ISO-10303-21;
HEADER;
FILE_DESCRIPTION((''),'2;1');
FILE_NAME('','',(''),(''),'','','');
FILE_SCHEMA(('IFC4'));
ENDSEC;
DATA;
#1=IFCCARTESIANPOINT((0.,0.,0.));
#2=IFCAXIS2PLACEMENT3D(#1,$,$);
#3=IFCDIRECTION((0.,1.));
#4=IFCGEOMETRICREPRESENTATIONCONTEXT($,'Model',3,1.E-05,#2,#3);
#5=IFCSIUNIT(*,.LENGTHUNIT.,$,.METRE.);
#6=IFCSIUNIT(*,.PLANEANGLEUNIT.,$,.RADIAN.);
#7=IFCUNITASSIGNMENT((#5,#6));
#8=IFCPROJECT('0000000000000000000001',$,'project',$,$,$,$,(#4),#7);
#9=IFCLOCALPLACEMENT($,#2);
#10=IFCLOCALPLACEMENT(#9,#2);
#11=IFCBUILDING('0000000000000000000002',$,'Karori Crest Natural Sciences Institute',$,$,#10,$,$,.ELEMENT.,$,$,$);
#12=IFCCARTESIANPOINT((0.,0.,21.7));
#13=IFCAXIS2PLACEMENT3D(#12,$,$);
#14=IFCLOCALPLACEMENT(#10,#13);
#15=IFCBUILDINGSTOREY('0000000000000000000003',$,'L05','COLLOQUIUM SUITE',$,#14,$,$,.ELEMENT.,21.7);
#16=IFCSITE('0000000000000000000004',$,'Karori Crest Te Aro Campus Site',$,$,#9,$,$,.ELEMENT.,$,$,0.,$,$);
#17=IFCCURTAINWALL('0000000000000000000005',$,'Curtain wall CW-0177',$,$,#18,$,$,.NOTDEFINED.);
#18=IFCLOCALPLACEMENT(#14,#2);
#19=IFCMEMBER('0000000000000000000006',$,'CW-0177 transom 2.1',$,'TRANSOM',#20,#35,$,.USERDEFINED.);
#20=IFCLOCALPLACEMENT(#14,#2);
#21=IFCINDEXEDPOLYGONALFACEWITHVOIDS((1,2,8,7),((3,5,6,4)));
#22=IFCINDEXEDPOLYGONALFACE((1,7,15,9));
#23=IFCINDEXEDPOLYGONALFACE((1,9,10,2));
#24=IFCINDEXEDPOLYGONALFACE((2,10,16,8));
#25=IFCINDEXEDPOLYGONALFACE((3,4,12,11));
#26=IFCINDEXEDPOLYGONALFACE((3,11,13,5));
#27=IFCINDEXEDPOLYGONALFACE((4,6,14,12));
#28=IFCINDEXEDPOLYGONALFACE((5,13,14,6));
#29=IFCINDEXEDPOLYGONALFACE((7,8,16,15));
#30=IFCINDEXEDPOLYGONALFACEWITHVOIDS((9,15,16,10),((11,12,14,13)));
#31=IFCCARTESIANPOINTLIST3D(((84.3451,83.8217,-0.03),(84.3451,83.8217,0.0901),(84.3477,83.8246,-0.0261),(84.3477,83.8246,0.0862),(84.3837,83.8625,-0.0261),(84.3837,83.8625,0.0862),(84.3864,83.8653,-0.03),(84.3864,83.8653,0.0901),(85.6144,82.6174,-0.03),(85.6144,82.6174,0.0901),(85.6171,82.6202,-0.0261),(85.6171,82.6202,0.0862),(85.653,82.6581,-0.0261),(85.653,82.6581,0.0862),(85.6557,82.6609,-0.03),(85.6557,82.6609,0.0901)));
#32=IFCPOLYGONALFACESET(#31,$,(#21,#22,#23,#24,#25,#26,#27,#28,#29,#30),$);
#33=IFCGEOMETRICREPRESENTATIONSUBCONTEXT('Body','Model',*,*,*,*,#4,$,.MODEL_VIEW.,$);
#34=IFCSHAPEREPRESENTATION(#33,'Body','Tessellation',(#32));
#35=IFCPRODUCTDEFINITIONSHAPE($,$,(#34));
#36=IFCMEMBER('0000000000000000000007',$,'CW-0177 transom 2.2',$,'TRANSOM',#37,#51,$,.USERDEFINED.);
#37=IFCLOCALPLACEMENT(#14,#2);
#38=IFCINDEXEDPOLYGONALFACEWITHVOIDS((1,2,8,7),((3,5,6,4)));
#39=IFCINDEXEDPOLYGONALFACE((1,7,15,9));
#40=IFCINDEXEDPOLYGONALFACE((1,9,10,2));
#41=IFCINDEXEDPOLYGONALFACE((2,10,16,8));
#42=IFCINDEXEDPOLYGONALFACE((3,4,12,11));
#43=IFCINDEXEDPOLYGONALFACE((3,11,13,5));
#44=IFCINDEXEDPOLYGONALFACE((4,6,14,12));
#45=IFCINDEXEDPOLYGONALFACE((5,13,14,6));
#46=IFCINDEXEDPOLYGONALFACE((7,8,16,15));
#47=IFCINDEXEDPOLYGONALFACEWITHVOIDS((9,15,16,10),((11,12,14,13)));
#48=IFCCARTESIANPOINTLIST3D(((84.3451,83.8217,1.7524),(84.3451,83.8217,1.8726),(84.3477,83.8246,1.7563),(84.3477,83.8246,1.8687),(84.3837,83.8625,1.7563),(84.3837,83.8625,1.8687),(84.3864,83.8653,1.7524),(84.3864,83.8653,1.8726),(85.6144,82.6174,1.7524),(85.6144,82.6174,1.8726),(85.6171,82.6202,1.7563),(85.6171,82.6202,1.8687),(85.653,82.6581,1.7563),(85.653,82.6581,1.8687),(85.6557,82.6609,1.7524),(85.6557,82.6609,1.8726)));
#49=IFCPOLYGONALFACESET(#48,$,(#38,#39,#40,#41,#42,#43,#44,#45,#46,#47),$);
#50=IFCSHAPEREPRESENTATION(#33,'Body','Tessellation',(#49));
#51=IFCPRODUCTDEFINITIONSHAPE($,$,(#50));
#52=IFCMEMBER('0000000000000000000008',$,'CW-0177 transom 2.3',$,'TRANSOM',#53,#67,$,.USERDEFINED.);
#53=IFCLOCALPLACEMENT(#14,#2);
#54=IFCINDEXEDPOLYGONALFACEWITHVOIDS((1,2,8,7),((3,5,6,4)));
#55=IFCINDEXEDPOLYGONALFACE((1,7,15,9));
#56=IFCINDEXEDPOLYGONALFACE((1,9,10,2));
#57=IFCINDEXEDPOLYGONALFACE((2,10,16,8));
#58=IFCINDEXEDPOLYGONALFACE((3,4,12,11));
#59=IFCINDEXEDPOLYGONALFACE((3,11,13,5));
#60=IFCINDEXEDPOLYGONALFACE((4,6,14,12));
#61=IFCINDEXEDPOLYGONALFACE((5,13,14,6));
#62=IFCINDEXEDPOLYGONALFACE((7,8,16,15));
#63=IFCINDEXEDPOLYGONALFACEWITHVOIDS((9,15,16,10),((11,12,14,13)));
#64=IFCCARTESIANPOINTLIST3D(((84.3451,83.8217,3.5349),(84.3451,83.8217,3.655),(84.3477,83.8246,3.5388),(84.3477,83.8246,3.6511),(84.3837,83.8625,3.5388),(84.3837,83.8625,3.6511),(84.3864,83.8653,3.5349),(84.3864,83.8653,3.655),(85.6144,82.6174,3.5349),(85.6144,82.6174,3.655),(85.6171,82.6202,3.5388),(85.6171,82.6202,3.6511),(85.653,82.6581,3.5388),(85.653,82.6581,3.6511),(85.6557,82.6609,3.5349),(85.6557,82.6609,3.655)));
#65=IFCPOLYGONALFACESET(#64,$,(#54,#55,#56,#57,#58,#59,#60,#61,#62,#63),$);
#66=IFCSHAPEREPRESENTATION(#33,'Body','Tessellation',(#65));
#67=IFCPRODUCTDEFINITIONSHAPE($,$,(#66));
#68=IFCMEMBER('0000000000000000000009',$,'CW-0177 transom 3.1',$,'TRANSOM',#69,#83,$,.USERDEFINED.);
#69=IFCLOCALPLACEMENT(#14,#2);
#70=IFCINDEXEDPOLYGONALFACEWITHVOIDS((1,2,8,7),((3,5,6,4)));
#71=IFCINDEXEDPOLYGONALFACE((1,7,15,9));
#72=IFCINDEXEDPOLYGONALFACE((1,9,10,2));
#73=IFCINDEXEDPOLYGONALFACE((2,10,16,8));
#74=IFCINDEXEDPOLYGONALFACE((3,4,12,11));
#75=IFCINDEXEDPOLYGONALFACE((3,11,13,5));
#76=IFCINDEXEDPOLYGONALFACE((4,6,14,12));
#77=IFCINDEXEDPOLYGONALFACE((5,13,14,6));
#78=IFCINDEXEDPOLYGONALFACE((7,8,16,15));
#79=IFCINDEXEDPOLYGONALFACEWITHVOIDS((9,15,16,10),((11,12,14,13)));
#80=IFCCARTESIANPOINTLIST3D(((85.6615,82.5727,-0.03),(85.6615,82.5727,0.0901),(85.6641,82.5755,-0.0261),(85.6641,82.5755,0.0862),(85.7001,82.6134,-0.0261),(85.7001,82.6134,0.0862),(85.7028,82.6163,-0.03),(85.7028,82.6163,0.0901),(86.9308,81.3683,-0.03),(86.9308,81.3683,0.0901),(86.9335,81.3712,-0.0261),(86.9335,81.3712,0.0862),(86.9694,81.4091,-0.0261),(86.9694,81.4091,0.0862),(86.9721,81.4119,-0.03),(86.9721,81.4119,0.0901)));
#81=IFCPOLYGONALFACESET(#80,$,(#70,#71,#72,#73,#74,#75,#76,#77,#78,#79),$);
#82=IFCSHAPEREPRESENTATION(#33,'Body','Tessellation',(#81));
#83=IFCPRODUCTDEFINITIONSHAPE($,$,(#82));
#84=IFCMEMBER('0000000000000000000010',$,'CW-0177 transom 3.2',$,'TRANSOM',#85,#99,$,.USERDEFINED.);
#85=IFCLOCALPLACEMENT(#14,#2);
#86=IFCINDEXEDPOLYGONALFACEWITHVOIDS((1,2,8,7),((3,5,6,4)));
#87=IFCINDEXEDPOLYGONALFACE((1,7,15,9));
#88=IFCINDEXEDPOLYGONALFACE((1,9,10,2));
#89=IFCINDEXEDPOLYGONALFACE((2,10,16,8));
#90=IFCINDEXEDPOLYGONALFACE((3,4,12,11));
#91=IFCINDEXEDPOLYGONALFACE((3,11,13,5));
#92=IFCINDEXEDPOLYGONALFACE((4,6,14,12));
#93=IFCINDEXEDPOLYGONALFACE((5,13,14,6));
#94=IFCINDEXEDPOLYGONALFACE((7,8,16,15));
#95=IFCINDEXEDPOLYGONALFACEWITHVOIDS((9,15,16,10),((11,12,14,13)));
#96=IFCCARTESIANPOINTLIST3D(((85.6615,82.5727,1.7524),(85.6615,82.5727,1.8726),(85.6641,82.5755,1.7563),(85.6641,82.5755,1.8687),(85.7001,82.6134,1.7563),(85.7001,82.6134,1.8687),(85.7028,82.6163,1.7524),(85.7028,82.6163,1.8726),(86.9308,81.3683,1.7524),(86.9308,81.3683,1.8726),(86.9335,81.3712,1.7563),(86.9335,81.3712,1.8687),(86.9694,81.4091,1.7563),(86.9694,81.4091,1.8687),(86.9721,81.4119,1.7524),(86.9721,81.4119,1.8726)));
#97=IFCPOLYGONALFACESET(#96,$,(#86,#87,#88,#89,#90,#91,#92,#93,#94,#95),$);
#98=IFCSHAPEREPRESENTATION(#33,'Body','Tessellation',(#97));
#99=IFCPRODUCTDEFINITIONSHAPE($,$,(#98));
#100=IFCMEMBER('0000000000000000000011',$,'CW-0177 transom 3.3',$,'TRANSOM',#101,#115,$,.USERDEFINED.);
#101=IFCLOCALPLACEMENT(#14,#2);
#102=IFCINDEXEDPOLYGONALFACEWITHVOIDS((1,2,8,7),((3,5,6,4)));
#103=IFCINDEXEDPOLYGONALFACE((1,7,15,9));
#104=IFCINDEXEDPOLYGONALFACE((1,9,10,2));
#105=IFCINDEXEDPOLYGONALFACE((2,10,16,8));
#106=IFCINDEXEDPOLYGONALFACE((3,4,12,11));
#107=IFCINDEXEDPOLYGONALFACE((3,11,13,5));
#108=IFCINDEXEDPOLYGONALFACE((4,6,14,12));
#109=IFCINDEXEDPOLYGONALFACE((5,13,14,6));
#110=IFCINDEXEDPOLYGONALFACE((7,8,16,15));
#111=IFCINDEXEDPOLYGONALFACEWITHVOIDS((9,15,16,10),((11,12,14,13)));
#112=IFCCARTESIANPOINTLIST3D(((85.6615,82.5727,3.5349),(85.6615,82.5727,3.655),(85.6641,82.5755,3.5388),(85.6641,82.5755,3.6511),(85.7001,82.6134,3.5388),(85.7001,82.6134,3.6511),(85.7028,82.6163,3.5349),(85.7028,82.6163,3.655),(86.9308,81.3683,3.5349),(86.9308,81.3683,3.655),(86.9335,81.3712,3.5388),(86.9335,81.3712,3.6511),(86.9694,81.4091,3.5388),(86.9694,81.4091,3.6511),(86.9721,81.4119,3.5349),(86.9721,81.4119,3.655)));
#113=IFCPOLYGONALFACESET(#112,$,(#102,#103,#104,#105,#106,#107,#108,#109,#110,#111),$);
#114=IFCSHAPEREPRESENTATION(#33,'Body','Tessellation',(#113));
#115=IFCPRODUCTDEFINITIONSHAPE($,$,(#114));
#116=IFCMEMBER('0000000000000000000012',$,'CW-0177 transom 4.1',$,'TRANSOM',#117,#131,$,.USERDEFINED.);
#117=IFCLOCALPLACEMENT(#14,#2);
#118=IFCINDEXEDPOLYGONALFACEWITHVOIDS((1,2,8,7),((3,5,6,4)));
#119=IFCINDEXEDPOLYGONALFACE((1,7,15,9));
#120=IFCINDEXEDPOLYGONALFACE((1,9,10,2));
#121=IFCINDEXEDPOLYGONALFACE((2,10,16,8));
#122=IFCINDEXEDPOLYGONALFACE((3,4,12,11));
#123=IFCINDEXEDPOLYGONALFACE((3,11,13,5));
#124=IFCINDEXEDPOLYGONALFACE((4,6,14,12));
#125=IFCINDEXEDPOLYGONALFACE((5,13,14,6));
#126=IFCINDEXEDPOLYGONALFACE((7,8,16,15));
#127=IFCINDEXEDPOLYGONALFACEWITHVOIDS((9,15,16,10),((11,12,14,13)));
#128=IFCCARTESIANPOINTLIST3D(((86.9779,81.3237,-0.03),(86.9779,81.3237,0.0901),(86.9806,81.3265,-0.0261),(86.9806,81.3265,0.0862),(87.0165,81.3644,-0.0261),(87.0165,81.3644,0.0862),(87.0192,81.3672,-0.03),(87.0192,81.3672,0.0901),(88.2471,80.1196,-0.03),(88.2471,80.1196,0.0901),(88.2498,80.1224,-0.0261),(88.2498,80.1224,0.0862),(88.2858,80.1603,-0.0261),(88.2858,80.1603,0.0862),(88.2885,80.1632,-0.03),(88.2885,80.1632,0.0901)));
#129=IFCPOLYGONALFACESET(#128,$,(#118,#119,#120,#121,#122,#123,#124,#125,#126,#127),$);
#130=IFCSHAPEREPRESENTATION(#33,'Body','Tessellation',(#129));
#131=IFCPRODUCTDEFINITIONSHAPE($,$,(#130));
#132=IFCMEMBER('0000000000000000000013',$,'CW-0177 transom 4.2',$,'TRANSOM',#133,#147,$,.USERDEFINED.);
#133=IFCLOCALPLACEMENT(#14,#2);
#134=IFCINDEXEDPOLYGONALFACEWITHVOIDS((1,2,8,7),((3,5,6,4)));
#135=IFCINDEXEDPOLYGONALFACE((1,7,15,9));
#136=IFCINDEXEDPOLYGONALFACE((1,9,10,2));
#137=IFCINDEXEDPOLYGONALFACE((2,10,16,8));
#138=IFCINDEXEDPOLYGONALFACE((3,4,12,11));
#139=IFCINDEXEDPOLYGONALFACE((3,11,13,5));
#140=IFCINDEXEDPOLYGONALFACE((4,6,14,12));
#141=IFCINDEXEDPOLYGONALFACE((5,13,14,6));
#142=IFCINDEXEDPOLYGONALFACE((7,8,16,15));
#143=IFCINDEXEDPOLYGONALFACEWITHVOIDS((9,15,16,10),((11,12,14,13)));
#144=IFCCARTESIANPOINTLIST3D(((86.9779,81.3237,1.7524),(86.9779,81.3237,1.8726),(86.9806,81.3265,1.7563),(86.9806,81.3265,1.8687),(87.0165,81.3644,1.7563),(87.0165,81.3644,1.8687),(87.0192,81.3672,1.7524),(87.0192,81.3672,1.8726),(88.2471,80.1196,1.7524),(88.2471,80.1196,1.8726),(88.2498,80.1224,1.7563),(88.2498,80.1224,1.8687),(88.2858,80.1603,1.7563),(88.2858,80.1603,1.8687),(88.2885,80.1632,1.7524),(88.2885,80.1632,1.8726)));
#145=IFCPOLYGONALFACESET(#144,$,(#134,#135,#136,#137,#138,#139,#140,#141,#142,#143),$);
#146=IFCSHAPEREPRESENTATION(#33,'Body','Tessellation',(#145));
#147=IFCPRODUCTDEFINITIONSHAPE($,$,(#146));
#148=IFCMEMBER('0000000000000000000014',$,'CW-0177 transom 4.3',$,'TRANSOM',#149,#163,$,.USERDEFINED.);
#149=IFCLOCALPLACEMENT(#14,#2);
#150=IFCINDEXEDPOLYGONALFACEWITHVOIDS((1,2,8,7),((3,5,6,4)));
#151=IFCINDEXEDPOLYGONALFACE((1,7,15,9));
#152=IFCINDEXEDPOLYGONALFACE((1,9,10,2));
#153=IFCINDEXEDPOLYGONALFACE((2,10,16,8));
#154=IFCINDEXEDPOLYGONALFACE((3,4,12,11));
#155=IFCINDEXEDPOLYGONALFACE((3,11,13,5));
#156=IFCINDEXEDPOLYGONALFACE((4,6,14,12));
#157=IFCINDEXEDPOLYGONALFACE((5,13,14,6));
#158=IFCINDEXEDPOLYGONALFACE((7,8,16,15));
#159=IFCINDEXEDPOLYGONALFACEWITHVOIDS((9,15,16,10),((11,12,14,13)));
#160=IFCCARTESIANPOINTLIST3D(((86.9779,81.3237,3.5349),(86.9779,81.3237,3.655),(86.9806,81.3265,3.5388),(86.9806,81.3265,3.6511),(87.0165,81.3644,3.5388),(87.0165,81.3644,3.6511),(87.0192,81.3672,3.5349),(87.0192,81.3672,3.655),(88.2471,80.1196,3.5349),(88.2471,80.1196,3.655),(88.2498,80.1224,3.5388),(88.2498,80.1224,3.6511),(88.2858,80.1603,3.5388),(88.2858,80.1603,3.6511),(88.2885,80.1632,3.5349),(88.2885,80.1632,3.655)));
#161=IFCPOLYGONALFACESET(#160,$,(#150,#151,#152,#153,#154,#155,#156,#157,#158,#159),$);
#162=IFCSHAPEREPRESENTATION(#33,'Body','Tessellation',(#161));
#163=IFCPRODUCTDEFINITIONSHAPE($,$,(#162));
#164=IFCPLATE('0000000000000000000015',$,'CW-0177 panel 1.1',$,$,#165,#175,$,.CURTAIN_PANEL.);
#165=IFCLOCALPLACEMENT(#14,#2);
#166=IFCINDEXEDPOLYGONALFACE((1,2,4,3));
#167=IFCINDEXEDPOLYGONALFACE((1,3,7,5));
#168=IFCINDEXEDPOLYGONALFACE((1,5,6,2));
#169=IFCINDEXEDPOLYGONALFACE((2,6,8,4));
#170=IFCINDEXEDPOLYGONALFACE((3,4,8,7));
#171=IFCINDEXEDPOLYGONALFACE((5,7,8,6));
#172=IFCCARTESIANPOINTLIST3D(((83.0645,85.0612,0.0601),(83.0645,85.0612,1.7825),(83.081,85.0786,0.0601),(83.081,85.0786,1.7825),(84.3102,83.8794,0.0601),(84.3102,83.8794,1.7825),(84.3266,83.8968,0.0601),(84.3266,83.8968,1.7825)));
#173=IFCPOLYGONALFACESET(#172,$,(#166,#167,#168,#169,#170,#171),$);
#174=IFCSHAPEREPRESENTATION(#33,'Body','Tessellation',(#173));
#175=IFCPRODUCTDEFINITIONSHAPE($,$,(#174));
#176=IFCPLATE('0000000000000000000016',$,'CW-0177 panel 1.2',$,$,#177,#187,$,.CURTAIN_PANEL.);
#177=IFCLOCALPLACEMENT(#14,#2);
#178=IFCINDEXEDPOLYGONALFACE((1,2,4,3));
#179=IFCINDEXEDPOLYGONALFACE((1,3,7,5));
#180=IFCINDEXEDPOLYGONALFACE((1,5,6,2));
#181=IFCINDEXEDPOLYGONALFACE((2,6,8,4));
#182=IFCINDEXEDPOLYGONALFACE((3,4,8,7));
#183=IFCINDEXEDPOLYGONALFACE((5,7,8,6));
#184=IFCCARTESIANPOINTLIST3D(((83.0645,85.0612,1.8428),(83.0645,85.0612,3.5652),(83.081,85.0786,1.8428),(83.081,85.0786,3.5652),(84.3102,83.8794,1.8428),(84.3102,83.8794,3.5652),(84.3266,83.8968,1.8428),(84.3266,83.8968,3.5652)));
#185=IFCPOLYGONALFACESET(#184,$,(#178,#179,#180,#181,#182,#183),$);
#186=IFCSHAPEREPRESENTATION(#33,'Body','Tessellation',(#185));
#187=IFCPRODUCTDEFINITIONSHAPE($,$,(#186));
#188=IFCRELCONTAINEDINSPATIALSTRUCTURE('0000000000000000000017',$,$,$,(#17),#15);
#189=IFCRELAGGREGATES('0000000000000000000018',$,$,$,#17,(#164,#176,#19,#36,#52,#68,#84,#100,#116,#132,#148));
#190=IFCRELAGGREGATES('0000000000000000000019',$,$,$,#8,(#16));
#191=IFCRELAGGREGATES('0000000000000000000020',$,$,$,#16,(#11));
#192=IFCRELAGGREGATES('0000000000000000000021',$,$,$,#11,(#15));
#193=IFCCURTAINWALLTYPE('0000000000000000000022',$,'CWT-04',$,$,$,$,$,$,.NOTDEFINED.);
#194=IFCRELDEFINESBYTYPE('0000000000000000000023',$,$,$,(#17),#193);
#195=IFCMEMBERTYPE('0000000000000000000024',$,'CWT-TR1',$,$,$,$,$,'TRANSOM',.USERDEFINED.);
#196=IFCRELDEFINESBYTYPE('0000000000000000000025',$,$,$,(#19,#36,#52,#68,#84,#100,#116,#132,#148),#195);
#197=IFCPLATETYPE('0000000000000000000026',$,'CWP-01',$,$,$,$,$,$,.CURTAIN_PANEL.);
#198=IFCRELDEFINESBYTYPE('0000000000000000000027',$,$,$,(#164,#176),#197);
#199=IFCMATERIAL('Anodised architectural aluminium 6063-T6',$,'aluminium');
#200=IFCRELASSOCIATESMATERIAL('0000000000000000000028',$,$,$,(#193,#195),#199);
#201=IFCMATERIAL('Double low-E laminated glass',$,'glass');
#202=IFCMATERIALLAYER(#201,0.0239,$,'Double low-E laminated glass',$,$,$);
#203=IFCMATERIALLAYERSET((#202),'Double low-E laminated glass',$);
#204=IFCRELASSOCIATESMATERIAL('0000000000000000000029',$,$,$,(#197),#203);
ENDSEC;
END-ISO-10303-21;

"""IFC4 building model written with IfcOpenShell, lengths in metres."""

from ifc_helpers import new_model, si_unit, direction, frame, origin, origin_2d, place, context, subcontext, project, spatial, rectangle, hollow_rectangle, extrude, material, layer, layer_set, material_profile, profile_set, type_object, element, aggregate, save


model = new_model("IFC4")

# Units and contexts
model_context = context("Model", 3, precision=1e-05, world=origin(), true_north=direction((0.0, 1.0)))
body_context = subcontext(model_context, "Body", "Model", "MODEL_VIEW")
ifc_project = project(units=[si_unit("LENGTHUNIT", "METRE"), si_unit("PLANEANGLEUNIT", "RADIAN")], contexts=[model_context])

# Site, building, storey
site_placement = place(None, origin())
site = spatial("IfcSite", under=ifc_project, at=site_placement, Name="Karori Crest Te Aro Campus Site", CompositionType="ELEMENT", RefElevation=0.0)
building_placement = place(site_placement, origin())
building = spatial("IfcBuilding", under=site, at=building_placement, Name="Karori Crest Natural Sciences Institute", CompositionType="ELEMENT")
storey_placement = place(building_placement, frame((0.0, 0.0, 21.7)))
storey = spatial("IfcBuildingStorey", under=building, at=storey_placement, Name="L05", Description="COLLOQUIUM SUITE", CompositionType="ELEMENT", Elevation=21.7)

# Curtain wall, members, plates
ifc_material_1 = material(Name="Anodised architectural aluminium 6063-T6", Category="aluminium")
curtain_wall_type = type_object("IfcCurtainWallType", Name="CWT-04", PredefinedType="NOTDEFINED", material=ifc_material_1)
curtain_wall_placement = place(storey_placement, origin())
curtain_wall = element("IfcCurtainWall", 1, at=curtain_wall_placement, inside=storey, type_object=curtain_wall_type, Name="Curtain wall CW-0177", PredefinedType="NOTDEFINED")
ifc_material_profile_1 = material_profile(ifc_material_1, hollow_rectangle(XDim=0.0601, YDim=0.1201, WallThickness=0.0039, at=origin_2d()), Name="CWT120x60x4")
ifc_profile_set_1 = profile_set([ifc_material_profile_1], Name="Anodised architectural aluminium 6063-T6")
member_type_1 = type_object("IfcMemberType", Name="CWT-TR1", ElementType="TRANSOM", PredefinedType="USERDEFINED", material=ifc_profile_set_1)
member_1_placement = place(storey_placement, frame((84.3657, 83.8435, 0.03), z_axis=(0.725421, -0.688306, 0.0), x_axis=(0.688306, 0.725421, 0.0)))
member_1 = element("IfcMember", 2, at=member_1_placement, type_object=member_type_1, Name="CW-0177 transom 2.1", ObjectType="TRANSOM", PredefinedType="USERDEFINED", context=body_context, shape_type="SweptSolid", body=[
    extrude(hollow_rectangle(XDim=0.0601, YDim=0.1201, WallThickness=0.0039, at=origin_2d()), origin(), (0.0, 0.0, 1.0), 1.7498),
])
member_2_placement = place(storey_placement, frame((84.3657, 83.8435, 1.8125), z_axis=(0.725421, -0.688306, 0.0), x_axis=(0.688306, 0.725421, 0.0)))
member_2 = element("IfcMember", 3, at=member_2_placement, type_object=member_type_1, Name="CW-0177 transom 2.2", ObjectType="TRANSOM", PredefinedType="USERDEFINED", context=body_context, shape_type="SweptSolid", body=[
    extrude(hollow_rectangle(XDim=0.0601, YDim=0.1201, WallThickness=0.0039, at=origin_2d()), origin(), (0.0, 0.0, 1.0), 1.7498),
])
member_3_placement = place(storey_placement, frame((84.3657, 83.8435, 3.595), z_axis=(0.725421, -0.688306, 0.0), x_axis=(0.688306, 0.725421, 0.0)))
member_3 = element("IfcMember", 4, at=member_3_placement, type_object=member_type_1, Name="CW-0177 transom 2.3", ObjectType="TRANSOM", PredefinedType="USERDEFINED", context=body_context, shape_type="SweptSolid", body=[
    extrude(hollow_rectangle(XDim=0.0601, YDim=0.1201, WallThickness=0.0039, at=origin_2d()), origin(), (0.0, 0.0, 1.0), 1.7498),
])
member_4_placement = place(storey_placement, frame((85.6821, 82.5945, 0.03), z_axis=(0.725421, -0.688306, 0.0), x_axis=(0.688306, 0.725421, 0.0)))
member_4 = element("IfcMember", 5, at=member_4_placement, type_object=member_type_1, Name="CW-0177 transom 3.1", ObjectType="TRANSOM", PredefinedType="USERDEFINED", context=body_context, shape_type="SweptSolid", body=[
    extrude(hollow_rectangle(XDim=0.0601, YDim=0.1201, WallThickness=0.0039, at=origin_2d()), origin(), (0.0, 0.0, 1.0), 1.7498),
])
member_5_placement = place(storey_placement, frame((85.6821, 82.5945, 1.8125), z_axis=(0.725421, -0.688306, 0.0), x_axis=(0.688306, 0.725421, 0.0)))
member_5 = element("IfcMember", 6, at=member_5_placement, type_object=member_type_1, Name="CW-0177 transom 3.2", ObjectType="TRANSOM", PredefinedType="USERDEFINED", context=body_context, shape_type="SweptSolid", body=[
    extrude(hollow_rectangle(XDim=0.0601, YDim=0.1201, WallThickness=0.0039, at=origin_2d()), origin(), (0.0, 0.0, 1.0), 1.7498),
])
member_6_placement = place(storey_placement, frame((85.6821, 82.5945, 3.595), z_axis=(0.725421, -0.688306, 0.0), x_axis=(0.688306, 0.725421, 0.0)))
member_6 = element("IfcMember", 7, at=member_6_placement, type_object=member_type_1, Name="CW-0177 transom 3.3", ObjectType="TRANSOM", PredefinedType="USERDEFINED", context=body_context, shape_type="SweptSolid", body=[
    extrude(hollow_rectangle(XDim=0.0601, YDim=0.1201, WallThickness=0.0039, at=origin_2d()), origin(), (0.0, 0.0, 1.0), 1.7498),
])
member_7_placement = place(storey_placement, frame((86.9985, 81.3455, 0.03), z_axis=(0.72549, -0.688232, 0.0), x_axis=(0.688232, 0.72549, 0.0)))
member_7 = element("IfcMember", 8, at=member_7_placement, type_object=member_type_1, Name="CW-0177 transom 4.1", ObjectType="TRANSOM", PredefinedType="USERDEFINED", context=body_context, shape_type="SweptSolid", body=[
    extrude(hollow_rectangle(XDim=0.0601, YDim=0.1201, WallThickness=0.0039, at=origin_2d()), origin(), (0.0, 0.0, 1.0), 1.7495),
])
member_8_placement = place(storey_placement, frame((86.9985, 81.3455, 1.8125), z_axis=(0.72549, -0.688232, 0.0), x_axis=(0.688232, 0.72549, 0.0)))
member_8 = element("IfcMember", 9, at=member_8_placement, type_object=member_type_1, Name="CW-0177 transom 4.2", ObjectType="TRANSOM", PredefinedType="USERDEFINED", context=body_context, shape_type="SweptSolid", body=[
    extrude(hollow_rectangle(XDim=0.0601, YDim=0.1201, WallThickness=0.0039, at=origin_2d()), origin(), (0.0, 0.0, 1.0), 1.7495),
])
member_9_placement = place(storey_placement, frame((86.9985, 81.3455, 3.595), z_axis=(0.72549, -0.688232, 0.0), x_axis=(0.688232, 0.72549, 0.0)))
member_9 = element("IfcMember", 10, at=member_9_placement, type_object=member_type_1, Name="CW-0177 transom 4.3", ObjectType="TRANSOM", PredefinedType="USERDEFINED", context=body_context, shape_type="SweptSolid", body=[
    extrude(hollow_rectangle(XDim=0.0601, YDim=0.1201, WallThickness=0.0039, at=origin_2d()), origin(), (0.0, 0.0, 1.0), 1.7495),
])
ifc_material_2 = material(Name="Double low-E laminated glass", Category="glass")
ifc_layer_1 = layer(ifc_material_2, 0.0239, Name="Double low-E laminated glass")
ifc_layer_set_1 = layer_set([ifc_layer_1], Name="Double low-E laminated glass")
plate_type = type_object("IfcPlateType", Name="CWP-01", PredefinedType="CURTAIN_PANEL", material=ifc_layer_set_1)
plate_1_placement = place(storey_placement, frame((83.6956, 84.479, 0.0601), z_axis=(0.0, 0.0, 1.0), x_axis=(0.725471, -0.688252, 0.0)))
plate_1 = element("IfcPlate", 11, at=plate_1_placement, type_object=plate_type, Name="CW-0177 panel 1.1", PredefinedType="CURTAIN_PANEL", context=body_context, shape_type="SweptSolid", body=[
    extrude(rectangle(XDim=1.717, YDim=0.0239, at=origin_2d()), origin(), (0.0, 0.0, 1.0), 1.7224),
])
plate_2_placement = place(storey_placement, frame((83.6956, 84.479, 1.8428), z_axis=(0.0, 0.0, 1.0), x_axis=(0.725471, -0.688252, 0.0)))
plate_2 = element("IfcPlate", 12, at=plate_2_placement, type_object=plate_type, Name="CW-0177 panel 1.2", PredefinedType="CURTAIN_PANEL", context=body_context, shape_type="SweptSolid", body=[
    extrude(rectangle(XDim=1.717, YDim=0.0239, at=origin_2d()), origin(), (0.0, 0.0, 1.0), 1.7224),
])
aggregate(curtain_wall, [plate_1, plate_2, member_1, member_2, member_3, member_4, member_5, member_6, member_7, member_8, member_9])

save(model, "model.ifc")
